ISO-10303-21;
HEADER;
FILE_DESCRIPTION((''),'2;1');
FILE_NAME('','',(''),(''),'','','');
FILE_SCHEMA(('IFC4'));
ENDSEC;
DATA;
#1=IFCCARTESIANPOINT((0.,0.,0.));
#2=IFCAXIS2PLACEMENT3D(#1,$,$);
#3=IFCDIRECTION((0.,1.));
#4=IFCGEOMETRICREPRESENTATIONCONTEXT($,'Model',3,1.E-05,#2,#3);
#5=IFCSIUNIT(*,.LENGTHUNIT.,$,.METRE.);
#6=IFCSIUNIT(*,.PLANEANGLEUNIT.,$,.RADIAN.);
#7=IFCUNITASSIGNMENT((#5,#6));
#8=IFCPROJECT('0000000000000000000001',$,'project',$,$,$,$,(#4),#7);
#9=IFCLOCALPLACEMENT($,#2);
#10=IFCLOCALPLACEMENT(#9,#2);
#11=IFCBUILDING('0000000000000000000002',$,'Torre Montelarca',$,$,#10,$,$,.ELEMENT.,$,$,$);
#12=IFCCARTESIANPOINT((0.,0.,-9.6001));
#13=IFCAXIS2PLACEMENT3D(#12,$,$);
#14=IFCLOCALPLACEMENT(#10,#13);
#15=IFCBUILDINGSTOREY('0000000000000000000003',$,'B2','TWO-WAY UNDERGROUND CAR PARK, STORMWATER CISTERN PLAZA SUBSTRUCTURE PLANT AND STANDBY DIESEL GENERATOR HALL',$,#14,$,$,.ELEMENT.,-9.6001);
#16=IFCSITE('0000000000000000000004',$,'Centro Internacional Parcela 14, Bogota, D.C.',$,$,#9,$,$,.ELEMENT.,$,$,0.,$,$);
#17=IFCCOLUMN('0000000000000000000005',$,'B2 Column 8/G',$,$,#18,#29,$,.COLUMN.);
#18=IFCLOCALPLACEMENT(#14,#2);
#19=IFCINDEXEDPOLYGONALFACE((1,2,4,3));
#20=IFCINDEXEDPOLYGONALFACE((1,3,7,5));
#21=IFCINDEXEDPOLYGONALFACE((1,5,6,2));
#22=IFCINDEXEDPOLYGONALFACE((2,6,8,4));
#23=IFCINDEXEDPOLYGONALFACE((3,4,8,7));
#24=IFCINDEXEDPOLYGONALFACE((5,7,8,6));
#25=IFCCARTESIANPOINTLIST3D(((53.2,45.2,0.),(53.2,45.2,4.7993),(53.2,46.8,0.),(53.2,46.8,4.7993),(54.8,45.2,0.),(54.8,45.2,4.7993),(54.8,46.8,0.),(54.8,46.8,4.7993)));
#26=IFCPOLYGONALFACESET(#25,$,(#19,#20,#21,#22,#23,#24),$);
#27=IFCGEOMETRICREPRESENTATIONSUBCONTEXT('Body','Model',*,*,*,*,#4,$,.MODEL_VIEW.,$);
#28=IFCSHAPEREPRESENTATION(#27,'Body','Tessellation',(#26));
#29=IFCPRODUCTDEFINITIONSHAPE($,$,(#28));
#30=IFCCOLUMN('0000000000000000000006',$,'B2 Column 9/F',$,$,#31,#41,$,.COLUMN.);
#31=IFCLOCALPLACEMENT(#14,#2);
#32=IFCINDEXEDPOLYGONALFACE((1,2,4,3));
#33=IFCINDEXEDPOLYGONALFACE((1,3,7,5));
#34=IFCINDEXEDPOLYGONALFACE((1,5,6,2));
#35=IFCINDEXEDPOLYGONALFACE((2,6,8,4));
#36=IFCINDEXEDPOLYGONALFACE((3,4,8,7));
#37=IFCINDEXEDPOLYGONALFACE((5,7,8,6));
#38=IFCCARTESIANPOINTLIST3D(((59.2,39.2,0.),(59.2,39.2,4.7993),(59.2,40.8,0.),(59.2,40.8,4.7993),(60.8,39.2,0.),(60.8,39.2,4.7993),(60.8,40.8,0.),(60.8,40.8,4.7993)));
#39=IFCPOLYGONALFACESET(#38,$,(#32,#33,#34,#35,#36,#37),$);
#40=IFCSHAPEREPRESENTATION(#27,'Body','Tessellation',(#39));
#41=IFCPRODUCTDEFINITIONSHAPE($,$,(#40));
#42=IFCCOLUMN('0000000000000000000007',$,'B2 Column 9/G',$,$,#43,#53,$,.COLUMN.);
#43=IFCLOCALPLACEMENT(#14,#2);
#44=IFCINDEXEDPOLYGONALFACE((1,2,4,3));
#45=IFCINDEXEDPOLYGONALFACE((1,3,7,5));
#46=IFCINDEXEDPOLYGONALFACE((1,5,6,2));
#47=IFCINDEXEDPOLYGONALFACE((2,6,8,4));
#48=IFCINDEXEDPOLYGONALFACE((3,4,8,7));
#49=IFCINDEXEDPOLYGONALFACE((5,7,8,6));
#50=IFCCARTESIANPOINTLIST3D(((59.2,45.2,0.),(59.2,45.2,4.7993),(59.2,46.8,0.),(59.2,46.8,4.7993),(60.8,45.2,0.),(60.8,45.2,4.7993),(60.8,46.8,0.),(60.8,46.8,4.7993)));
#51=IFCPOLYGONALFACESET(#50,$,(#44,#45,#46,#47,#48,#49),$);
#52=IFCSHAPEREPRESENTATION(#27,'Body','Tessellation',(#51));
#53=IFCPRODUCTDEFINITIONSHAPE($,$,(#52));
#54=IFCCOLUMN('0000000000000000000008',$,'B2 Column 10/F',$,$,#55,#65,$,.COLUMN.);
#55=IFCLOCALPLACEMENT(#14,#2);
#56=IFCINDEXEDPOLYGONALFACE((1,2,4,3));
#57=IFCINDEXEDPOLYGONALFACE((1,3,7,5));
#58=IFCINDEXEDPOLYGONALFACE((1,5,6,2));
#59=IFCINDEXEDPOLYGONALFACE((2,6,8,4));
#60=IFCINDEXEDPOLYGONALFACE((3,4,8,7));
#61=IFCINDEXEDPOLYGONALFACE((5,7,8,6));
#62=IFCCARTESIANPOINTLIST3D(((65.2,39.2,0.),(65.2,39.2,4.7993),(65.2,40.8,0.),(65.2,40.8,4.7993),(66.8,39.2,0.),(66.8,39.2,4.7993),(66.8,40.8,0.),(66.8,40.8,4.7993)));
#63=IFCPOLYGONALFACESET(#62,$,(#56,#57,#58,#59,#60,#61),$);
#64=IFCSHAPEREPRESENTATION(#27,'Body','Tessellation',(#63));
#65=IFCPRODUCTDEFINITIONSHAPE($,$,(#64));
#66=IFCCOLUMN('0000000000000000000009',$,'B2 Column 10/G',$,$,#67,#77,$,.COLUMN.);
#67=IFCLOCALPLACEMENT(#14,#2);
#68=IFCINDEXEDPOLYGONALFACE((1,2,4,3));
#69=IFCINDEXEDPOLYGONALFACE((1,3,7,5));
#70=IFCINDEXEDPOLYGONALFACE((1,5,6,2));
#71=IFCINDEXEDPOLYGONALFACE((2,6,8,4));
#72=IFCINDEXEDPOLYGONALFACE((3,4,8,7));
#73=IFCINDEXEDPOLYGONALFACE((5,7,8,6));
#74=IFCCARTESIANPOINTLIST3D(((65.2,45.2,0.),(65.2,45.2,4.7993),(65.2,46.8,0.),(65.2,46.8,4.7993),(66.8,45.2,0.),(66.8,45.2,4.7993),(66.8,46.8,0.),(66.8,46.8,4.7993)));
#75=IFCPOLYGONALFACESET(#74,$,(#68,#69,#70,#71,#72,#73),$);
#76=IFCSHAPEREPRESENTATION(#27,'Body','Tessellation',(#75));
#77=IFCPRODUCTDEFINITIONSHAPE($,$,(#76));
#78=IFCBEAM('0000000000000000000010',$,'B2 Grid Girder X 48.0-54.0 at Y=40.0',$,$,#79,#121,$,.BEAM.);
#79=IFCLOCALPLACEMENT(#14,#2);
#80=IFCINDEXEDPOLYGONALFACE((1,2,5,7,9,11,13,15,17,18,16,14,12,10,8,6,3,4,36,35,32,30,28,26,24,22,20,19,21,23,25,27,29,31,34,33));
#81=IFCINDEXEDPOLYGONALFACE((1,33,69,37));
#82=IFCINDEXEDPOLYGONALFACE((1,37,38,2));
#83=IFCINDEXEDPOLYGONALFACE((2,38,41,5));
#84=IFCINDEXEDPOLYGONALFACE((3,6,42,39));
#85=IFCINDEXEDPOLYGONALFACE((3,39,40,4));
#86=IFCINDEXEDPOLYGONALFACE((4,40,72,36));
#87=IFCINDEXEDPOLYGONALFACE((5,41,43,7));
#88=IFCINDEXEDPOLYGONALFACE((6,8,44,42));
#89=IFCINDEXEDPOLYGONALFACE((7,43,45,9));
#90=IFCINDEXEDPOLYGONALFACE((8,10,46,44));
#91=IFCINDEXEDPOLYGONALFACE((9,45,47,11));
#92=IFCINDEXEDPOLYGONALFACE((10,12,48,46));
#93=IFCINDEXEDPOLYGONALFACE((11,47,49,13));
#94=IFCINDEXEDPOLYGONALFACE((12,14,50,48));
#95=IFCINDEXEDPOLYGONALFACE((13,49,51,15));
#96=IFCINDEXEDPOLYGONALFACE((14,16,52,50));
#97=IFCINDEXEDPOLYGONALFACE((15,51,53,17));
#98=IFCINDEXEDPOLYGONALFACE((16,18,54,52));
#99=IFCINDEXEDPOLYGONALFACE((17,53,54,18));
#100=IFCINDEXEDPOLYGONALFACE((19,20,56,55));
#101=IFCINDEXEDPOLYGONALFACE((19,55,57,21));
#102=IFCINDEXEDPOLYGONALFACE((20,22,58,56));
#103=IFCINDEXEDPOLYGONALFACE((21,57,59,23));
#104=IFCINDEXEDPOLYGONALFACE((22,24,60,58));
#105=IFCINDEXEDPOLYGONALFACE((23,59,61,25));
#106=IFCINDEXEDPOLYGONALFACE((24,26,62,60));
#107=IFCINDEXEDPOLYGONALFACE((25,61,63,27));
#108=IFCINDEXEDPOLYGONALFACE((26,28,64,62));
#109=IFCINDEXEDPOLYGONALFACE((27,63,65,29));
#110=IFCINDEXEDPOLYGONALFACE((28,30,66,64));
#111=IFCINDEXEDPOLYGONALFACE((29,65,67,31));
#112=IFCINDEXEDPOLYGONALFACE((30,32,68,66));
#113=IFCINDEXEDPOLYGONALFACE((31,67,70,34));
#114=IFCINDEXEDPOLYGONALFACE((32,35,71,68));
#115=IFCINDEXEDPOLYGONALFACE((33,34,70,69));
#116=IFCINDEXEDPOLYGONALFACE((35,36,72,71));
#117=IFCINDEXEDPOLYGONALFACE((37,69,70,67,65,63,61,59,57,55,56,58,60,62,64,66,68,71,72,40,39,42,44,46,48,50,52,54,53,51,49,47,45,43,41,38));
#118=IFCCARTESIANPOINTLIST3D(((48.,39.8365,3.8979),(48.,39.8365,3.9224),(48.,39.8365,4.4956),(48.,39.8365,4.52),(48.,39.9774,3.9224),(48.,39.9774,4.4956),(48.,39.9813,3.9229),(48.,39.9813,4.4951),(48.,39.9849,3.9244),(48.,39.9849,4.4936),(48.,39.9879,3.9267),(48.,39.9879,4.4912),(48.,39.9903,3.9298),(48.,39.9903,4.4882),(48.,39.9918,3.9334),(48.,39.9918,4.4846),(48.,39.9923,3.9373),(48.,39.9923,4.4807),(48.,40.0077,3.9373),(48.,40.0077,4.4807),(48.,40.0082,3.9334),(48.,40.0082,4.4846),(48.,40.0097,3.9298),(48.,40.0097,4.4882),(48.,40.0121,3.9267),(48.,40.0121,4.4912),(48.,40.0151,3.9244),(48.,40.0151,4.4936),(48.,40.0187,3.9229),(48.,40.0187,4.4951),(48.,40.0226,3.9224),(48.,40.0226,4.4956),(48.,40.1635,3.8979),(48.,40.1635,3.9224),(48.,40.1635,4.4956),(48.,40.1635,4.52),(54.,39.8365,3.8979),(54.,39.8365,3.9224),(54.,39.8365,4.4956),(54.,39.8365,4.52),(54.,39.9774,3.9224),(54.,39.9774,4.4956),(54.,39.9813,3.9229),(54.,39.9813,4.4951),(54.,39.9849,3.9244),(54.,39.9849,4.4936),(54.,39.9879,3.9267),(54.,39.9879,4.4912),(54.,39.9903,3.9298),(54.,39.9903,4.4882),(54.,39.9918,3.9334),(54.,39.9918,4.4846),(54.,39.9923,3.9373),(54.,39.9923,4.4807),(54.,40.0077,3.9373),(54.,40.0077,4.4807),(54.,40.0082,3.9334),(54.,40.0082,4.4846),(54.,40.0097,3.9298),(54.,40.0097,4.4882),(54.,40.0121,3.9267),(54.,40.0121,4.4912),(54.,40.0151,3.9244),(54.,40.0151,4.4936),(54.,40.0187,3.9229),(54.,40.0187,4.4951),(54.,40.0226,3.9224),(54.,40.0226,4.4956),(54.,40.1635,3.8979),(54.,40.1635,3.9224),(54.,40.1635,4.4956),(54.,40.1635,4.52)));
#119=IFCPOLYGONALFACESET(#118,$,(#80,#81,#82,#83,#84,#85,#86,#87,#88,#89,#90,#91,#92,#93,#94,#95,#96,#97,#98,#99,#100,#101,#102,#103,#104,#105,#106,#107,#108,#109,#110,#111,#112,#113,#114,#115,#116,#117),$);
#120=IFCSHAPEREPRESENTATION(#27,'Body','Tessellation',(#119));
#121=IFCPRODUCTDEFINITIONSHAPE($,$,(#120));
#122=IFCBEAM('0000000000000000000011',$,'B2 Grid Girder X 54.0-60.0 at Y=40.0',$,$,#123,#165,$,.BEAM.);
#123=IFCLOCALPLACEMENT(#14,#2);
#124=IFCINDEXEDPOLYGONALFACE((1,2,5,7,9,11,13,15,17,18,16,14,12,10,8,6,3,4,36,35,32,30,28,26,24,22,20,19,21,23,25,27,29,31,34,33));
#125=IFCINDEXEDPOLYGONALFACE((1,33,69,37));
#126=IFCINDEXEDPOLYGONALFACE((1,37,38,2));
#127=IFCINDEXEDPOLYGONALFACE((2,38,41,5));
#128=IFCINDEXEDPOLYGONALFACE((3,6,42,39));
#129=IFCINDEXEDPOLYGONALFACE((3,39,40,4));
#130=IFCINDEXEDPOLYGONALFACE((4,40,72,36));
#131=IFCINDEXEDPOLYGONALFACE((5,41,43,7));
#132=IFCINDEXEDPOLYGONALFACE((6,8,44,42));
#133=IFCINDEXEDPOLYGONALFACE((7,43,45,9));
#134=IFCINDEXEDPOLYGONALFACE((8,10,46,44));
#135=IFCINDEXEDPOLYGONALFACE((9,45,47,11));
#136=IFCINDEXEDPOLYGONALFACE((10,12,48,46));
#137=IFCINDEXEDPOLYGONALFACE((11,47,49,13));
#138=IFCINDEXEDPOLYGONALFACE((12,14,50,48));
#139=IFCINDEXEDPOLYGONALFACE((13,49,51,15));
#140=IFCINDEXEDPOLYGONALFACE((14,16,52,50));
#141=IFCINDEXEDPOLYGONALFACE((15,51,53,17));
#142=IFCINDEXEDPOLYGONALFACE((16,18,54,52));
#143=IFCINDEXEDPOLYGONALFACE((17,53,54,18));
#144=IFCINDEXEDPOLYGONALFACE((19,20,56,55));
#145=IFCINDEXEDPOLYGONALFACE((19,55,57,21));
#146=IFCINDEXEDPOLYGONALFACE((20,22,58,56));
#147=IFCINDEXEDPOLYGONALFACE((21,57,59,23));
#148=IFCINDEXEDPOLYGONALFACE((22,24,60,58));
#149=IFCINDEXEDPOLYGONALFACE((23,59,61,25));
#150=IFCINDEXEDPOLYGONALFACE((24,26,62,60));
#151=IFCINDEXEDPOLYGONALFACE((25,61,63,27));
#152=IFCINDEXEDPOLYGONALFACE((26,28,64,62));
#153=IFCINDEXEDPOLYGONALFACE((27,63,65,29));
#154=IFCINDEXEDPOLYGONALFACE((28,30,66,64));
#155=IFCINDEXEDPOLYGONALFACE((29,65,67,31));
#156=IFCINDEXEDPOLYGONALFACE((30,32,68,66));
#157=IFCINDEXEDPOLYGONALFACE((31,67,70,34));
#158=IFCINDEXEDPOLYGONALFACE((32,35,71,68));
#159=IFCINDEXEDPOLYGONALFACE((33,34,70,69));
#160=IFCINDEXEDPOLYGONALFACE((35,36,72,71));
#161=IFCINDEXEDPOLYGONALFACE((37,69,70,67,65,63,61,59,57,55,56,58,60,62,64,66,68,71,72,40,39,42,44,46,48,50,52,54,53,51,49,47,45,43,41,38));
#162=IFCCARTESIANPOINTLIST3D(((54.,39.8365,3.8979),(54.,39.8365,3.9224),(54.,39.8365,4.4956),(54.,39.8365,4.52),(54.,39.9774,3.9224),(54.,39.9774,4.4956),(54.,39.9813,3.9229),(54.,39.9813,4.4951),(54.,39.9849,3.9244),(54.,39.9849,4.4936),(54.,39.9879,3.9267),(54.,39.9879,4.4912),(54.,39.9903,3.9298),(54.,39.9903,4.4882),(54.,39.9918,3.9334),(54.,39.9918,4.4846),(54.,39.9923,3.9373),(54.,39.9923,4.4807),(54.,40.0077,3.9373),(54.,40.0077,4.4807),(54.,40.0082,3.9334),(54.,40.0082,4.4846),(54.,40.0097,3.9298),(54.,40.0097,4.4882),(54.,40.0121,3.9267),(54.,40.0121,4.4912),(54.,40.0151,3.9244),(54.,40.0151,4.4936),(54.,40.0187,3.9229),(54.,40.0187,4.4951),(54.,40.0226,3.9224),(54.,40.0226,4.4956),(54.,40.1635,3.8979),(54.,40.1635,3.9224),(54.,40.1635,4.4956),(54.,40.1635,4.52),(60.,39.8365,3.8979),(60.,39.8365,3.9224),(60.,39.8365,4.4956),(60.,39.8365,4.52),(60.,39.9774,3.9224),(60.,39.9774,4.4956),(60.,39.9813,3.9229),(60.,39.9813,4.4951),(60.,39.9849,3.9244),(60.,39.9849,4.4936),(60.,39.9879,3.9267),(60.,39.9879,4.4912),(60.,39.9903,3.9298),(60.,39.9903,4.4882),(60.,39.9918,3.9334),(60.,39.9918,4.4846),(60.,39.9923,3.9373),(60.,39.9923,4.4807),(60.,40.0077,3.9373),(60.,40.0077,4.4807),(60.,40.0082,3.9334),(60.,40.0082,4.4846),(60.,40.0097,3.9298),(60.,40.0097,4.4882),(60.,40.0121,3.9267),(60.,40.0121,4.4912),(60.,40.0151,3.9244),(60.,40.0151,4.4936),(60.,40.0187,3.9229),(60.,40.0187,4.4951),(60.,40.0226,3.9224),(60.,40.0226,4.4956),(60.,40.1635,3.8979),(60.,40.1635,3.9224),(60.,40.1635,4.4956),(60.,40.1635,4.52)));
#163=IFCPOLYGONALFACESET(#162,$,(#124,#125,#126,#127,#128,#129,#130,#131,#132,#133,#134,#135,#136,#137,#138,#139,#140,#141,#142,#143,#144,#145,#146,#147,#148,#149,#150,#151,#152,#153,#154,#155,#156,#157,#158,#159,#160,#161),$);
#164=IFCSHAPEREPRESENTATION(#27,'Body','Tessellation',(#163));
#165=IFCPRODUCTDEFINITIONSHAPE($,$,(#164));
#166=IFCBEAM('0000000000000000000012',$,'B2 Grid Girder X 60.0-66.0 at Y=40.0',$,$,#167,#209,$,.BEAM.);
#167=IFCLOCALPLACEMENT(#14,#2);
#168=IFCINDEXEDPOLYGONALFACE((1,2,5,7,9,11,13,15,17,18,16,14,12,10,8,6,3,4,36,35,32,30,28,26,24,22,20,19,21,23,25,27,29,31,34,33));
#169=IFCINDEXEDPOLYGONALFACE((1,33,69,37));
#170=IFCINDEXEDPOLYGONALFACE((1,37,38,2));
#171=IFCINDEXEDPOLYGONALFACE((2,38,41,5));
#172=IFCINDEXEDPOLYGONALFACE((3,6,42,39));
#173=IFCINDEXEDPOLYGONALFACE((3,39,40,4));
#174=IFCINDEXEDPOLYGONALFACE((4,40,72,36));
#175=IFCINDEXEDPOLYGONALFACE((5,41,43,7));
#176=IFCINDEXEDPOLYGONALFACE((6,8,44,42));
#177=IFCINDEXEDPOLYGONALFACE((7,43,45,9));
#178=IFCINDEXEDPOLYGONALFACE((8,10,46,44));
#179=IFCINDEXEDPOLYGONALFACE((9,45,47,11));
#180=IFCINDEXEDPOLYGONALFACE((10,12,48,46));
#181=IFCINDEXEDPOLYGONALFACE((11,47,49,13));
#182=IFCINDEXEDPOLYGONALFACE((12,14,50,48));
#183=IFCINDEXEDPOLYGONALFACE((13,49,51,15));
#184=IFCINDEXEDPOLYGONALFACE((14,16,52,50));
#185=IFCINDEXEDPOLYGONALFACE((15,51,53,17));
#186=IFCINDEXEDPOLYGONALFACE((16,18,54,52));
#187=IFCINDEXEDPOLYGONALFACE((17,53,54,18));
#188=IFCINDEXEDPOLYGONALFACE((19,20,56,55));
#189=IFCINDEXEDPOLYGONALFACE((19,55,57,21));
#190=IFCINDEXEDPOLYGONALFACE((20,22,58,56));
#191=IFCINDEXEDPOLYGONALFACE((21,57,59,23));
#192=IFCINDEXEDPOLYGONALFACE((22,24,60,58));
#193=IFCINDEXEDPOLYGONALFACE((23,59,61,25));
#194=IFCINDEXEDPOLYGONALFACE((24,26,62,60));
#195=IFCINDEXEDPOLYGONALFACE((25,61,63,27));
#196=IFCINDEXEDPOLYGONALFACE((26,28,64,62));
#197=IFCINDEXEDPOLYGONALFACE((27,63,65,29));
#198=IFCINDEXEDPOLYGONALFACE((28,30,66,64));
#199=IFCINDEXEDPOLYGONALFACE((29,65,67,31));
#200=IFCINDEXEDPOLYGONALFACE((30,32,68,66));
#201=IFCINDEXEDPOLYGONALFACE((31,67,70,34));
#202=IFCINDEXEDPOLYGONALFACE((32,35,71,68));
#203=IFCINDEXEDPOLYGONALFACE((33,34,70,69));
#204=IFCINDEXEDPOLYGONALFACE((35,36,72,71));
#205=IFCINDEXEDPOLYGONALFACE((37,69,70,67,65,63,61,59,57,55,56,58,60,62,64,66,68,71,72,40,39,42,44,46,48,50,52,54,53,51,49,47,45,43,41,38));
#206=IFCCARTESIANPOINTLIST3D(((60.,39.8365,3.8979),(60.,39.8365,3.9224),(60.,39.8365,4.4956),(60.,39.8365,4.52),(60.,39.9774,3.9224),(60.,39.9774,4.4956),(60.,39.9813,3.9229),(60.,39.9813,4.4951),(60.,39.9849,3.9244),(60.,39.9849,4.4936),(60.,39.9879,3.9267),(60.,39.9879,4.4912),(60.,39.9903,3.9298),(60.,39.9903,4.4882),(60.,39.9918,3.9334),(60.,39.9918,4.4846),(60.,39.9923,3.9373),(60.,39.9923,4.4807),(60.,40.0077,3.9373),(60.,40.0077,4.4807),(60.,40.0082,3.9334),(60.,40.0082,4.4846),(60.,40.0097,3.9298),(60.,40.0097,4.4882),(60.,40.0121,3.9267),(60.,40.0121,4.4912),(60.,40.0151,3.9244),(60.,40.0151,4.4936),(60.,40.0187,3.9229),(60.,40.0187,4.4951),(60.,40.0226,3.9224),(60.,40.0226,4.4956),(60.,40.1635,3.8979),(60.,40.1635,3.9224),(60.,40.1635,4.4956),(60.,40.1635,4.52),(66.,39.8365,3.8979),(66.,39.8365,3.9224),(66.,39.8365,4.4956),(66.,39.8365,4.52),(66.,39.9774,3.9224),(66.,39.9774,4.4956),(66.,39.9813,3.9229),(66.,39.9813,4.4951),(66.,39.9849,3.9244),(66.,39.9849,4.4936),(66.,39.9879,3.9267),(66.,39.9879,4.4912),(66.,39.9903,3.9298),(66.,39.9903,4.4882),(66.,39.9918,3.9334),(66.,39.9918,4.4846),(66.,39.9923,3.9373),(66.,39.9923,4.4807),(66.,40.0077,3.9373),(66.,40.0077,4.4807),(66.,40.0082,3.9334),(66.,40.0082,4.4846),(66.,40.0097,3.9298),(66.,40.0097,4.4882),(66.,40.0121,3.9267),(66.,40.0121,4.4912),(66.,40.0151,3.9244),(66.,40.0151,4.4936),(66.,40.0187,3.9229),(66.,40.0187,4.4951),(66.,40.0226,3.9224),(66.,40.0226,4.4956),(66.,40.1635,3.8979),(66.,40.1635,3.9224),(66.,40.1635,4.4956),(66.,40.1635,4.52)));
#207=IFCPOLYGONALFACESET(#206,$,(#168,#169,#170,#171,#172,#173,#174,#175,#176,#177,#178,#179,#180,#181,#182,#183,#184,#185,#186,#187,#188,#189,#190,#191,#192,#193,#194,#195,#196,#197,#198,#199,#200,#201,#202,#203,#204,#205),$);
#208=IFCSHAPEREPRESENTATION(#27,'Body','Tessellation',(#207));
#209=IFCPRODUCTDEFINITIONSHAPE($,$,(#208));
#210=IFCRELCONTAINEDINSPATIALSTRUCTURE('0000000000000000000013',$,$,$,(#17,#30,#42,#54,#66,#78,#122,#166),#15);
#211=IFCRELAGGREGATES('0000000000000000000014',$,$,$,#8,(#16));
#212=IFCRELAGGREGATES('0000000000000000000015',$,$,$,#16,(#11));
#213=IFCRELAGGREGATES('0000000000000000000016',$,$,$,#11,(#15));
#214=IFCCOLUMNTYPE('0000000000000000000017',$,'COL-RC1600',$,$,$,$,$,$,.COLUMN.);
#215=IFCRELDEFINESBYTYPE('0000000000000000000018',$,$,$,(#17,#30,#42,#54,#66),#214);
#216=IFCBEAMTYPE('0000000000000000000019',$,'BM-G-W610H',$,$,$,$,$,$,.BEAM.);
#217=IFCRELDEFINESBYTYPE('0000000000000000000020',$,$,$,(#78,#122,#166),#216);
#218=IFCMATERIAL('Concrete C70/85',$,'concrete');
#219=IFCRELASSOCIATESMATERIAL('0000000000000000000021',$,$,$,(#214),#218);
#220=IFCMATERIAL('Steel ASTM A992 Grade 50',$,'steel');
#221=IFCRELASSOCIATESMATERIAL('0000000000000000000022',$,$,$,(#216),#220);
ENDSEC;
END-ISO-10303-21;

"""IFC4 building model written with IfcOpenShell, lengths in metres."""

from ifc_helpers import new_model, si_unit, direction, frame, origin, origin_2d, place, context, subcontext, project, spatial, rectangle, i_section, extrude, source, transform, mapped, material, material_profile, profile_set, type_object, element, save


model = new_model("IFC4")

# Units and contexts
model_context = context("Model", 3, precision=1e-05, world=origin(), true_north=direction((0.0, 1.0)))
body_context = subcontext(model_context, "Body", "Model", "MODEL_VIEW")
ifc_project = project(units=[si_unit("LENGTHUNIT", "METRE"), si_unit("PLANEANGLEUNIT", "RADIAN")], contexts=[model_context])

# Site, building, storey
site_placement = place(None, origin())
site = spatial("IfcSite", under=ifc_project, at=site_placement, Name="Centro Internacional Parcela 14, Bogota, D.C.", CompositionType="ELEMENT", RefElevation=0.0)
building_placement = place(site_placement, origin())
building = spatial("IfcBuilding", under=site, at=building_placement, Name="Torre Montelarca", CompositionType="ELEMENT")
storey_placement = place(building_placement, frame((0.0, 0.0, -9.6001)))
storey = spatial("IfcBuildingStorey", under=building, at=storey_placement, Name="B2", Description="TWO-WAY UNDERGROUND CAR PARK, STORMWATER CISTERN PLAZA SUBSTRUCTURE PLANT AND STANDBY DIESEL GENERATOR HALL", CompositionType="ELEMENT", Elevation=-9.6001)

# Columns
ifc_material_1 = material(Name="Concrete C70/85", Category="concrete")
ifc_material_profile_1 = material_profile(ifc_material_1, rectangle(XDim=1.6001, YDim=1.6001, at=origin_2d()), Name="RC1600X1600", Category="concrete")
ifc_profile_set_1 = profile_set([ifc_material_profile_1], Name="Concrete C70/85")
column_type = type_object("IfcColumnType", Name="COL-RC1600", PredefinedType="COLUMN", material=ifc_profile_set_1)
shared_shape_1 = source(origin(), body_context, "Body", "SweptSolid", [
    extrude(rectangle(XDim=1.6001, YDim=1.6001, at=origin_2d()), origin(), (0.0, 0.0, 1.0), 4.7993),
])
for number, where, z_axis, x_axis, name in (
    (1, (54.0, 46.0, 0.0), (0.0, 0.0, 1.0), (1.0, 0.0, 0.0), "B2 Column 8/G"),
    (2, (60.0, 40.0, 0.0), (0.0, 0.0, 1.0), (1.0, 0.0, 0.0), "B2 Column 9/F"),
    (3, (60.0, 46.0, 0.0), (0.0, 0.0, 1.0), (1.0, 0.0, 0.0), "B2 Column 9/G"),
    (4, (66.0, 40.0, 0.0), (0.0, 0.0, 1.0), (1.0, 0.0, 0.0), "B2 Column 10/F"),
    (5, (66.0, 46.0, 0.0), (0.0, 0.0, 1.0), (1.0, 0.0, 0.0), "B2 Column 10/G"),
):
    element("IfcColumn", number, at=place(storey_placement, frame(where, z_axis=z_axis, x_axis=x_axis)), inside=storey, type_object=column_type, Name=name, PredefinedType="COLUMN", context=body_context, shape_type="MappedRepresentation", body=[
        mapped(shared_shape_1, transform((0.0, 0.0, 0.0), scale=1.0)),
    ])

# Beams
ifc_material_2 = material(Name="Steel ASTM A992 Grade 50", Category="steel")
ifc_material_profile_2 = material_profile(ifc_material_2, i_section(OverallWidth=0.3269, OverallDepth=0.6221, WebThickness=0.0154, FlangeThickness=0.0244, FilletRadius=0.0149, at=origin_2d()), Name="W610X195", Category="steel")
ifc_profile_set_2 = profile_set([ifc_material_profile_2], Name="Steel ASTM A992 Grade 50")
beam_type = type_object("IfcBeamType", Name="BM-G-W610H", PredefinedType="BEAM", material=ifc_profile_set_2)
shared_shape_2 = source(origin(), body_context, "Body", "SweptSolid", [
    extrude(i_section(OverallWidth=0.3269, OverallDepth=0.6221, WebThickness=0.0154, FlangeThickness=0.0244, FilletRadius=0.0149, at=origin_2d()), origin(), (0.0, 0.0, 1.0), 6.0),
])
for number, where, z_axis, x_axis, name in (
    (6, (48.0, 40.0, 4.209), (1.0, 0.0, 0.0), (0.0, 1.0, 0.0), "B2 Grid Girder X 48.0-54.0 at Y=40.0"),
    (7, (54.0, 40.0, 4.209), (1.0, 0.0, 0.0), (0.0, 1.0, 0.0), "B2 Grid Girder X 54.0-60.0 at Y=40.0"),
    (8, (60.0, 40.0, 4.209), (1.0, 0.0, 0.0), (0.0, 1.0, 0.0), "B2 Grid Girder X 60.0-66.0 at Y=40.0"),
):
    element("IfcBeam", number, at=place(storey_placement, frame(where, z_axis=z_axis, x_axis=x_axis)), inside=storey, type_object=beam_type, Name=name, PredefinedType="BEAM", context=body_context, shape_type="MappedRepresentation", body=[
        mapped(shared_shape_2, transform((0.0, 0.0, 0.0), scale=1.0)),
    ])

save(model, "model.ifc")
